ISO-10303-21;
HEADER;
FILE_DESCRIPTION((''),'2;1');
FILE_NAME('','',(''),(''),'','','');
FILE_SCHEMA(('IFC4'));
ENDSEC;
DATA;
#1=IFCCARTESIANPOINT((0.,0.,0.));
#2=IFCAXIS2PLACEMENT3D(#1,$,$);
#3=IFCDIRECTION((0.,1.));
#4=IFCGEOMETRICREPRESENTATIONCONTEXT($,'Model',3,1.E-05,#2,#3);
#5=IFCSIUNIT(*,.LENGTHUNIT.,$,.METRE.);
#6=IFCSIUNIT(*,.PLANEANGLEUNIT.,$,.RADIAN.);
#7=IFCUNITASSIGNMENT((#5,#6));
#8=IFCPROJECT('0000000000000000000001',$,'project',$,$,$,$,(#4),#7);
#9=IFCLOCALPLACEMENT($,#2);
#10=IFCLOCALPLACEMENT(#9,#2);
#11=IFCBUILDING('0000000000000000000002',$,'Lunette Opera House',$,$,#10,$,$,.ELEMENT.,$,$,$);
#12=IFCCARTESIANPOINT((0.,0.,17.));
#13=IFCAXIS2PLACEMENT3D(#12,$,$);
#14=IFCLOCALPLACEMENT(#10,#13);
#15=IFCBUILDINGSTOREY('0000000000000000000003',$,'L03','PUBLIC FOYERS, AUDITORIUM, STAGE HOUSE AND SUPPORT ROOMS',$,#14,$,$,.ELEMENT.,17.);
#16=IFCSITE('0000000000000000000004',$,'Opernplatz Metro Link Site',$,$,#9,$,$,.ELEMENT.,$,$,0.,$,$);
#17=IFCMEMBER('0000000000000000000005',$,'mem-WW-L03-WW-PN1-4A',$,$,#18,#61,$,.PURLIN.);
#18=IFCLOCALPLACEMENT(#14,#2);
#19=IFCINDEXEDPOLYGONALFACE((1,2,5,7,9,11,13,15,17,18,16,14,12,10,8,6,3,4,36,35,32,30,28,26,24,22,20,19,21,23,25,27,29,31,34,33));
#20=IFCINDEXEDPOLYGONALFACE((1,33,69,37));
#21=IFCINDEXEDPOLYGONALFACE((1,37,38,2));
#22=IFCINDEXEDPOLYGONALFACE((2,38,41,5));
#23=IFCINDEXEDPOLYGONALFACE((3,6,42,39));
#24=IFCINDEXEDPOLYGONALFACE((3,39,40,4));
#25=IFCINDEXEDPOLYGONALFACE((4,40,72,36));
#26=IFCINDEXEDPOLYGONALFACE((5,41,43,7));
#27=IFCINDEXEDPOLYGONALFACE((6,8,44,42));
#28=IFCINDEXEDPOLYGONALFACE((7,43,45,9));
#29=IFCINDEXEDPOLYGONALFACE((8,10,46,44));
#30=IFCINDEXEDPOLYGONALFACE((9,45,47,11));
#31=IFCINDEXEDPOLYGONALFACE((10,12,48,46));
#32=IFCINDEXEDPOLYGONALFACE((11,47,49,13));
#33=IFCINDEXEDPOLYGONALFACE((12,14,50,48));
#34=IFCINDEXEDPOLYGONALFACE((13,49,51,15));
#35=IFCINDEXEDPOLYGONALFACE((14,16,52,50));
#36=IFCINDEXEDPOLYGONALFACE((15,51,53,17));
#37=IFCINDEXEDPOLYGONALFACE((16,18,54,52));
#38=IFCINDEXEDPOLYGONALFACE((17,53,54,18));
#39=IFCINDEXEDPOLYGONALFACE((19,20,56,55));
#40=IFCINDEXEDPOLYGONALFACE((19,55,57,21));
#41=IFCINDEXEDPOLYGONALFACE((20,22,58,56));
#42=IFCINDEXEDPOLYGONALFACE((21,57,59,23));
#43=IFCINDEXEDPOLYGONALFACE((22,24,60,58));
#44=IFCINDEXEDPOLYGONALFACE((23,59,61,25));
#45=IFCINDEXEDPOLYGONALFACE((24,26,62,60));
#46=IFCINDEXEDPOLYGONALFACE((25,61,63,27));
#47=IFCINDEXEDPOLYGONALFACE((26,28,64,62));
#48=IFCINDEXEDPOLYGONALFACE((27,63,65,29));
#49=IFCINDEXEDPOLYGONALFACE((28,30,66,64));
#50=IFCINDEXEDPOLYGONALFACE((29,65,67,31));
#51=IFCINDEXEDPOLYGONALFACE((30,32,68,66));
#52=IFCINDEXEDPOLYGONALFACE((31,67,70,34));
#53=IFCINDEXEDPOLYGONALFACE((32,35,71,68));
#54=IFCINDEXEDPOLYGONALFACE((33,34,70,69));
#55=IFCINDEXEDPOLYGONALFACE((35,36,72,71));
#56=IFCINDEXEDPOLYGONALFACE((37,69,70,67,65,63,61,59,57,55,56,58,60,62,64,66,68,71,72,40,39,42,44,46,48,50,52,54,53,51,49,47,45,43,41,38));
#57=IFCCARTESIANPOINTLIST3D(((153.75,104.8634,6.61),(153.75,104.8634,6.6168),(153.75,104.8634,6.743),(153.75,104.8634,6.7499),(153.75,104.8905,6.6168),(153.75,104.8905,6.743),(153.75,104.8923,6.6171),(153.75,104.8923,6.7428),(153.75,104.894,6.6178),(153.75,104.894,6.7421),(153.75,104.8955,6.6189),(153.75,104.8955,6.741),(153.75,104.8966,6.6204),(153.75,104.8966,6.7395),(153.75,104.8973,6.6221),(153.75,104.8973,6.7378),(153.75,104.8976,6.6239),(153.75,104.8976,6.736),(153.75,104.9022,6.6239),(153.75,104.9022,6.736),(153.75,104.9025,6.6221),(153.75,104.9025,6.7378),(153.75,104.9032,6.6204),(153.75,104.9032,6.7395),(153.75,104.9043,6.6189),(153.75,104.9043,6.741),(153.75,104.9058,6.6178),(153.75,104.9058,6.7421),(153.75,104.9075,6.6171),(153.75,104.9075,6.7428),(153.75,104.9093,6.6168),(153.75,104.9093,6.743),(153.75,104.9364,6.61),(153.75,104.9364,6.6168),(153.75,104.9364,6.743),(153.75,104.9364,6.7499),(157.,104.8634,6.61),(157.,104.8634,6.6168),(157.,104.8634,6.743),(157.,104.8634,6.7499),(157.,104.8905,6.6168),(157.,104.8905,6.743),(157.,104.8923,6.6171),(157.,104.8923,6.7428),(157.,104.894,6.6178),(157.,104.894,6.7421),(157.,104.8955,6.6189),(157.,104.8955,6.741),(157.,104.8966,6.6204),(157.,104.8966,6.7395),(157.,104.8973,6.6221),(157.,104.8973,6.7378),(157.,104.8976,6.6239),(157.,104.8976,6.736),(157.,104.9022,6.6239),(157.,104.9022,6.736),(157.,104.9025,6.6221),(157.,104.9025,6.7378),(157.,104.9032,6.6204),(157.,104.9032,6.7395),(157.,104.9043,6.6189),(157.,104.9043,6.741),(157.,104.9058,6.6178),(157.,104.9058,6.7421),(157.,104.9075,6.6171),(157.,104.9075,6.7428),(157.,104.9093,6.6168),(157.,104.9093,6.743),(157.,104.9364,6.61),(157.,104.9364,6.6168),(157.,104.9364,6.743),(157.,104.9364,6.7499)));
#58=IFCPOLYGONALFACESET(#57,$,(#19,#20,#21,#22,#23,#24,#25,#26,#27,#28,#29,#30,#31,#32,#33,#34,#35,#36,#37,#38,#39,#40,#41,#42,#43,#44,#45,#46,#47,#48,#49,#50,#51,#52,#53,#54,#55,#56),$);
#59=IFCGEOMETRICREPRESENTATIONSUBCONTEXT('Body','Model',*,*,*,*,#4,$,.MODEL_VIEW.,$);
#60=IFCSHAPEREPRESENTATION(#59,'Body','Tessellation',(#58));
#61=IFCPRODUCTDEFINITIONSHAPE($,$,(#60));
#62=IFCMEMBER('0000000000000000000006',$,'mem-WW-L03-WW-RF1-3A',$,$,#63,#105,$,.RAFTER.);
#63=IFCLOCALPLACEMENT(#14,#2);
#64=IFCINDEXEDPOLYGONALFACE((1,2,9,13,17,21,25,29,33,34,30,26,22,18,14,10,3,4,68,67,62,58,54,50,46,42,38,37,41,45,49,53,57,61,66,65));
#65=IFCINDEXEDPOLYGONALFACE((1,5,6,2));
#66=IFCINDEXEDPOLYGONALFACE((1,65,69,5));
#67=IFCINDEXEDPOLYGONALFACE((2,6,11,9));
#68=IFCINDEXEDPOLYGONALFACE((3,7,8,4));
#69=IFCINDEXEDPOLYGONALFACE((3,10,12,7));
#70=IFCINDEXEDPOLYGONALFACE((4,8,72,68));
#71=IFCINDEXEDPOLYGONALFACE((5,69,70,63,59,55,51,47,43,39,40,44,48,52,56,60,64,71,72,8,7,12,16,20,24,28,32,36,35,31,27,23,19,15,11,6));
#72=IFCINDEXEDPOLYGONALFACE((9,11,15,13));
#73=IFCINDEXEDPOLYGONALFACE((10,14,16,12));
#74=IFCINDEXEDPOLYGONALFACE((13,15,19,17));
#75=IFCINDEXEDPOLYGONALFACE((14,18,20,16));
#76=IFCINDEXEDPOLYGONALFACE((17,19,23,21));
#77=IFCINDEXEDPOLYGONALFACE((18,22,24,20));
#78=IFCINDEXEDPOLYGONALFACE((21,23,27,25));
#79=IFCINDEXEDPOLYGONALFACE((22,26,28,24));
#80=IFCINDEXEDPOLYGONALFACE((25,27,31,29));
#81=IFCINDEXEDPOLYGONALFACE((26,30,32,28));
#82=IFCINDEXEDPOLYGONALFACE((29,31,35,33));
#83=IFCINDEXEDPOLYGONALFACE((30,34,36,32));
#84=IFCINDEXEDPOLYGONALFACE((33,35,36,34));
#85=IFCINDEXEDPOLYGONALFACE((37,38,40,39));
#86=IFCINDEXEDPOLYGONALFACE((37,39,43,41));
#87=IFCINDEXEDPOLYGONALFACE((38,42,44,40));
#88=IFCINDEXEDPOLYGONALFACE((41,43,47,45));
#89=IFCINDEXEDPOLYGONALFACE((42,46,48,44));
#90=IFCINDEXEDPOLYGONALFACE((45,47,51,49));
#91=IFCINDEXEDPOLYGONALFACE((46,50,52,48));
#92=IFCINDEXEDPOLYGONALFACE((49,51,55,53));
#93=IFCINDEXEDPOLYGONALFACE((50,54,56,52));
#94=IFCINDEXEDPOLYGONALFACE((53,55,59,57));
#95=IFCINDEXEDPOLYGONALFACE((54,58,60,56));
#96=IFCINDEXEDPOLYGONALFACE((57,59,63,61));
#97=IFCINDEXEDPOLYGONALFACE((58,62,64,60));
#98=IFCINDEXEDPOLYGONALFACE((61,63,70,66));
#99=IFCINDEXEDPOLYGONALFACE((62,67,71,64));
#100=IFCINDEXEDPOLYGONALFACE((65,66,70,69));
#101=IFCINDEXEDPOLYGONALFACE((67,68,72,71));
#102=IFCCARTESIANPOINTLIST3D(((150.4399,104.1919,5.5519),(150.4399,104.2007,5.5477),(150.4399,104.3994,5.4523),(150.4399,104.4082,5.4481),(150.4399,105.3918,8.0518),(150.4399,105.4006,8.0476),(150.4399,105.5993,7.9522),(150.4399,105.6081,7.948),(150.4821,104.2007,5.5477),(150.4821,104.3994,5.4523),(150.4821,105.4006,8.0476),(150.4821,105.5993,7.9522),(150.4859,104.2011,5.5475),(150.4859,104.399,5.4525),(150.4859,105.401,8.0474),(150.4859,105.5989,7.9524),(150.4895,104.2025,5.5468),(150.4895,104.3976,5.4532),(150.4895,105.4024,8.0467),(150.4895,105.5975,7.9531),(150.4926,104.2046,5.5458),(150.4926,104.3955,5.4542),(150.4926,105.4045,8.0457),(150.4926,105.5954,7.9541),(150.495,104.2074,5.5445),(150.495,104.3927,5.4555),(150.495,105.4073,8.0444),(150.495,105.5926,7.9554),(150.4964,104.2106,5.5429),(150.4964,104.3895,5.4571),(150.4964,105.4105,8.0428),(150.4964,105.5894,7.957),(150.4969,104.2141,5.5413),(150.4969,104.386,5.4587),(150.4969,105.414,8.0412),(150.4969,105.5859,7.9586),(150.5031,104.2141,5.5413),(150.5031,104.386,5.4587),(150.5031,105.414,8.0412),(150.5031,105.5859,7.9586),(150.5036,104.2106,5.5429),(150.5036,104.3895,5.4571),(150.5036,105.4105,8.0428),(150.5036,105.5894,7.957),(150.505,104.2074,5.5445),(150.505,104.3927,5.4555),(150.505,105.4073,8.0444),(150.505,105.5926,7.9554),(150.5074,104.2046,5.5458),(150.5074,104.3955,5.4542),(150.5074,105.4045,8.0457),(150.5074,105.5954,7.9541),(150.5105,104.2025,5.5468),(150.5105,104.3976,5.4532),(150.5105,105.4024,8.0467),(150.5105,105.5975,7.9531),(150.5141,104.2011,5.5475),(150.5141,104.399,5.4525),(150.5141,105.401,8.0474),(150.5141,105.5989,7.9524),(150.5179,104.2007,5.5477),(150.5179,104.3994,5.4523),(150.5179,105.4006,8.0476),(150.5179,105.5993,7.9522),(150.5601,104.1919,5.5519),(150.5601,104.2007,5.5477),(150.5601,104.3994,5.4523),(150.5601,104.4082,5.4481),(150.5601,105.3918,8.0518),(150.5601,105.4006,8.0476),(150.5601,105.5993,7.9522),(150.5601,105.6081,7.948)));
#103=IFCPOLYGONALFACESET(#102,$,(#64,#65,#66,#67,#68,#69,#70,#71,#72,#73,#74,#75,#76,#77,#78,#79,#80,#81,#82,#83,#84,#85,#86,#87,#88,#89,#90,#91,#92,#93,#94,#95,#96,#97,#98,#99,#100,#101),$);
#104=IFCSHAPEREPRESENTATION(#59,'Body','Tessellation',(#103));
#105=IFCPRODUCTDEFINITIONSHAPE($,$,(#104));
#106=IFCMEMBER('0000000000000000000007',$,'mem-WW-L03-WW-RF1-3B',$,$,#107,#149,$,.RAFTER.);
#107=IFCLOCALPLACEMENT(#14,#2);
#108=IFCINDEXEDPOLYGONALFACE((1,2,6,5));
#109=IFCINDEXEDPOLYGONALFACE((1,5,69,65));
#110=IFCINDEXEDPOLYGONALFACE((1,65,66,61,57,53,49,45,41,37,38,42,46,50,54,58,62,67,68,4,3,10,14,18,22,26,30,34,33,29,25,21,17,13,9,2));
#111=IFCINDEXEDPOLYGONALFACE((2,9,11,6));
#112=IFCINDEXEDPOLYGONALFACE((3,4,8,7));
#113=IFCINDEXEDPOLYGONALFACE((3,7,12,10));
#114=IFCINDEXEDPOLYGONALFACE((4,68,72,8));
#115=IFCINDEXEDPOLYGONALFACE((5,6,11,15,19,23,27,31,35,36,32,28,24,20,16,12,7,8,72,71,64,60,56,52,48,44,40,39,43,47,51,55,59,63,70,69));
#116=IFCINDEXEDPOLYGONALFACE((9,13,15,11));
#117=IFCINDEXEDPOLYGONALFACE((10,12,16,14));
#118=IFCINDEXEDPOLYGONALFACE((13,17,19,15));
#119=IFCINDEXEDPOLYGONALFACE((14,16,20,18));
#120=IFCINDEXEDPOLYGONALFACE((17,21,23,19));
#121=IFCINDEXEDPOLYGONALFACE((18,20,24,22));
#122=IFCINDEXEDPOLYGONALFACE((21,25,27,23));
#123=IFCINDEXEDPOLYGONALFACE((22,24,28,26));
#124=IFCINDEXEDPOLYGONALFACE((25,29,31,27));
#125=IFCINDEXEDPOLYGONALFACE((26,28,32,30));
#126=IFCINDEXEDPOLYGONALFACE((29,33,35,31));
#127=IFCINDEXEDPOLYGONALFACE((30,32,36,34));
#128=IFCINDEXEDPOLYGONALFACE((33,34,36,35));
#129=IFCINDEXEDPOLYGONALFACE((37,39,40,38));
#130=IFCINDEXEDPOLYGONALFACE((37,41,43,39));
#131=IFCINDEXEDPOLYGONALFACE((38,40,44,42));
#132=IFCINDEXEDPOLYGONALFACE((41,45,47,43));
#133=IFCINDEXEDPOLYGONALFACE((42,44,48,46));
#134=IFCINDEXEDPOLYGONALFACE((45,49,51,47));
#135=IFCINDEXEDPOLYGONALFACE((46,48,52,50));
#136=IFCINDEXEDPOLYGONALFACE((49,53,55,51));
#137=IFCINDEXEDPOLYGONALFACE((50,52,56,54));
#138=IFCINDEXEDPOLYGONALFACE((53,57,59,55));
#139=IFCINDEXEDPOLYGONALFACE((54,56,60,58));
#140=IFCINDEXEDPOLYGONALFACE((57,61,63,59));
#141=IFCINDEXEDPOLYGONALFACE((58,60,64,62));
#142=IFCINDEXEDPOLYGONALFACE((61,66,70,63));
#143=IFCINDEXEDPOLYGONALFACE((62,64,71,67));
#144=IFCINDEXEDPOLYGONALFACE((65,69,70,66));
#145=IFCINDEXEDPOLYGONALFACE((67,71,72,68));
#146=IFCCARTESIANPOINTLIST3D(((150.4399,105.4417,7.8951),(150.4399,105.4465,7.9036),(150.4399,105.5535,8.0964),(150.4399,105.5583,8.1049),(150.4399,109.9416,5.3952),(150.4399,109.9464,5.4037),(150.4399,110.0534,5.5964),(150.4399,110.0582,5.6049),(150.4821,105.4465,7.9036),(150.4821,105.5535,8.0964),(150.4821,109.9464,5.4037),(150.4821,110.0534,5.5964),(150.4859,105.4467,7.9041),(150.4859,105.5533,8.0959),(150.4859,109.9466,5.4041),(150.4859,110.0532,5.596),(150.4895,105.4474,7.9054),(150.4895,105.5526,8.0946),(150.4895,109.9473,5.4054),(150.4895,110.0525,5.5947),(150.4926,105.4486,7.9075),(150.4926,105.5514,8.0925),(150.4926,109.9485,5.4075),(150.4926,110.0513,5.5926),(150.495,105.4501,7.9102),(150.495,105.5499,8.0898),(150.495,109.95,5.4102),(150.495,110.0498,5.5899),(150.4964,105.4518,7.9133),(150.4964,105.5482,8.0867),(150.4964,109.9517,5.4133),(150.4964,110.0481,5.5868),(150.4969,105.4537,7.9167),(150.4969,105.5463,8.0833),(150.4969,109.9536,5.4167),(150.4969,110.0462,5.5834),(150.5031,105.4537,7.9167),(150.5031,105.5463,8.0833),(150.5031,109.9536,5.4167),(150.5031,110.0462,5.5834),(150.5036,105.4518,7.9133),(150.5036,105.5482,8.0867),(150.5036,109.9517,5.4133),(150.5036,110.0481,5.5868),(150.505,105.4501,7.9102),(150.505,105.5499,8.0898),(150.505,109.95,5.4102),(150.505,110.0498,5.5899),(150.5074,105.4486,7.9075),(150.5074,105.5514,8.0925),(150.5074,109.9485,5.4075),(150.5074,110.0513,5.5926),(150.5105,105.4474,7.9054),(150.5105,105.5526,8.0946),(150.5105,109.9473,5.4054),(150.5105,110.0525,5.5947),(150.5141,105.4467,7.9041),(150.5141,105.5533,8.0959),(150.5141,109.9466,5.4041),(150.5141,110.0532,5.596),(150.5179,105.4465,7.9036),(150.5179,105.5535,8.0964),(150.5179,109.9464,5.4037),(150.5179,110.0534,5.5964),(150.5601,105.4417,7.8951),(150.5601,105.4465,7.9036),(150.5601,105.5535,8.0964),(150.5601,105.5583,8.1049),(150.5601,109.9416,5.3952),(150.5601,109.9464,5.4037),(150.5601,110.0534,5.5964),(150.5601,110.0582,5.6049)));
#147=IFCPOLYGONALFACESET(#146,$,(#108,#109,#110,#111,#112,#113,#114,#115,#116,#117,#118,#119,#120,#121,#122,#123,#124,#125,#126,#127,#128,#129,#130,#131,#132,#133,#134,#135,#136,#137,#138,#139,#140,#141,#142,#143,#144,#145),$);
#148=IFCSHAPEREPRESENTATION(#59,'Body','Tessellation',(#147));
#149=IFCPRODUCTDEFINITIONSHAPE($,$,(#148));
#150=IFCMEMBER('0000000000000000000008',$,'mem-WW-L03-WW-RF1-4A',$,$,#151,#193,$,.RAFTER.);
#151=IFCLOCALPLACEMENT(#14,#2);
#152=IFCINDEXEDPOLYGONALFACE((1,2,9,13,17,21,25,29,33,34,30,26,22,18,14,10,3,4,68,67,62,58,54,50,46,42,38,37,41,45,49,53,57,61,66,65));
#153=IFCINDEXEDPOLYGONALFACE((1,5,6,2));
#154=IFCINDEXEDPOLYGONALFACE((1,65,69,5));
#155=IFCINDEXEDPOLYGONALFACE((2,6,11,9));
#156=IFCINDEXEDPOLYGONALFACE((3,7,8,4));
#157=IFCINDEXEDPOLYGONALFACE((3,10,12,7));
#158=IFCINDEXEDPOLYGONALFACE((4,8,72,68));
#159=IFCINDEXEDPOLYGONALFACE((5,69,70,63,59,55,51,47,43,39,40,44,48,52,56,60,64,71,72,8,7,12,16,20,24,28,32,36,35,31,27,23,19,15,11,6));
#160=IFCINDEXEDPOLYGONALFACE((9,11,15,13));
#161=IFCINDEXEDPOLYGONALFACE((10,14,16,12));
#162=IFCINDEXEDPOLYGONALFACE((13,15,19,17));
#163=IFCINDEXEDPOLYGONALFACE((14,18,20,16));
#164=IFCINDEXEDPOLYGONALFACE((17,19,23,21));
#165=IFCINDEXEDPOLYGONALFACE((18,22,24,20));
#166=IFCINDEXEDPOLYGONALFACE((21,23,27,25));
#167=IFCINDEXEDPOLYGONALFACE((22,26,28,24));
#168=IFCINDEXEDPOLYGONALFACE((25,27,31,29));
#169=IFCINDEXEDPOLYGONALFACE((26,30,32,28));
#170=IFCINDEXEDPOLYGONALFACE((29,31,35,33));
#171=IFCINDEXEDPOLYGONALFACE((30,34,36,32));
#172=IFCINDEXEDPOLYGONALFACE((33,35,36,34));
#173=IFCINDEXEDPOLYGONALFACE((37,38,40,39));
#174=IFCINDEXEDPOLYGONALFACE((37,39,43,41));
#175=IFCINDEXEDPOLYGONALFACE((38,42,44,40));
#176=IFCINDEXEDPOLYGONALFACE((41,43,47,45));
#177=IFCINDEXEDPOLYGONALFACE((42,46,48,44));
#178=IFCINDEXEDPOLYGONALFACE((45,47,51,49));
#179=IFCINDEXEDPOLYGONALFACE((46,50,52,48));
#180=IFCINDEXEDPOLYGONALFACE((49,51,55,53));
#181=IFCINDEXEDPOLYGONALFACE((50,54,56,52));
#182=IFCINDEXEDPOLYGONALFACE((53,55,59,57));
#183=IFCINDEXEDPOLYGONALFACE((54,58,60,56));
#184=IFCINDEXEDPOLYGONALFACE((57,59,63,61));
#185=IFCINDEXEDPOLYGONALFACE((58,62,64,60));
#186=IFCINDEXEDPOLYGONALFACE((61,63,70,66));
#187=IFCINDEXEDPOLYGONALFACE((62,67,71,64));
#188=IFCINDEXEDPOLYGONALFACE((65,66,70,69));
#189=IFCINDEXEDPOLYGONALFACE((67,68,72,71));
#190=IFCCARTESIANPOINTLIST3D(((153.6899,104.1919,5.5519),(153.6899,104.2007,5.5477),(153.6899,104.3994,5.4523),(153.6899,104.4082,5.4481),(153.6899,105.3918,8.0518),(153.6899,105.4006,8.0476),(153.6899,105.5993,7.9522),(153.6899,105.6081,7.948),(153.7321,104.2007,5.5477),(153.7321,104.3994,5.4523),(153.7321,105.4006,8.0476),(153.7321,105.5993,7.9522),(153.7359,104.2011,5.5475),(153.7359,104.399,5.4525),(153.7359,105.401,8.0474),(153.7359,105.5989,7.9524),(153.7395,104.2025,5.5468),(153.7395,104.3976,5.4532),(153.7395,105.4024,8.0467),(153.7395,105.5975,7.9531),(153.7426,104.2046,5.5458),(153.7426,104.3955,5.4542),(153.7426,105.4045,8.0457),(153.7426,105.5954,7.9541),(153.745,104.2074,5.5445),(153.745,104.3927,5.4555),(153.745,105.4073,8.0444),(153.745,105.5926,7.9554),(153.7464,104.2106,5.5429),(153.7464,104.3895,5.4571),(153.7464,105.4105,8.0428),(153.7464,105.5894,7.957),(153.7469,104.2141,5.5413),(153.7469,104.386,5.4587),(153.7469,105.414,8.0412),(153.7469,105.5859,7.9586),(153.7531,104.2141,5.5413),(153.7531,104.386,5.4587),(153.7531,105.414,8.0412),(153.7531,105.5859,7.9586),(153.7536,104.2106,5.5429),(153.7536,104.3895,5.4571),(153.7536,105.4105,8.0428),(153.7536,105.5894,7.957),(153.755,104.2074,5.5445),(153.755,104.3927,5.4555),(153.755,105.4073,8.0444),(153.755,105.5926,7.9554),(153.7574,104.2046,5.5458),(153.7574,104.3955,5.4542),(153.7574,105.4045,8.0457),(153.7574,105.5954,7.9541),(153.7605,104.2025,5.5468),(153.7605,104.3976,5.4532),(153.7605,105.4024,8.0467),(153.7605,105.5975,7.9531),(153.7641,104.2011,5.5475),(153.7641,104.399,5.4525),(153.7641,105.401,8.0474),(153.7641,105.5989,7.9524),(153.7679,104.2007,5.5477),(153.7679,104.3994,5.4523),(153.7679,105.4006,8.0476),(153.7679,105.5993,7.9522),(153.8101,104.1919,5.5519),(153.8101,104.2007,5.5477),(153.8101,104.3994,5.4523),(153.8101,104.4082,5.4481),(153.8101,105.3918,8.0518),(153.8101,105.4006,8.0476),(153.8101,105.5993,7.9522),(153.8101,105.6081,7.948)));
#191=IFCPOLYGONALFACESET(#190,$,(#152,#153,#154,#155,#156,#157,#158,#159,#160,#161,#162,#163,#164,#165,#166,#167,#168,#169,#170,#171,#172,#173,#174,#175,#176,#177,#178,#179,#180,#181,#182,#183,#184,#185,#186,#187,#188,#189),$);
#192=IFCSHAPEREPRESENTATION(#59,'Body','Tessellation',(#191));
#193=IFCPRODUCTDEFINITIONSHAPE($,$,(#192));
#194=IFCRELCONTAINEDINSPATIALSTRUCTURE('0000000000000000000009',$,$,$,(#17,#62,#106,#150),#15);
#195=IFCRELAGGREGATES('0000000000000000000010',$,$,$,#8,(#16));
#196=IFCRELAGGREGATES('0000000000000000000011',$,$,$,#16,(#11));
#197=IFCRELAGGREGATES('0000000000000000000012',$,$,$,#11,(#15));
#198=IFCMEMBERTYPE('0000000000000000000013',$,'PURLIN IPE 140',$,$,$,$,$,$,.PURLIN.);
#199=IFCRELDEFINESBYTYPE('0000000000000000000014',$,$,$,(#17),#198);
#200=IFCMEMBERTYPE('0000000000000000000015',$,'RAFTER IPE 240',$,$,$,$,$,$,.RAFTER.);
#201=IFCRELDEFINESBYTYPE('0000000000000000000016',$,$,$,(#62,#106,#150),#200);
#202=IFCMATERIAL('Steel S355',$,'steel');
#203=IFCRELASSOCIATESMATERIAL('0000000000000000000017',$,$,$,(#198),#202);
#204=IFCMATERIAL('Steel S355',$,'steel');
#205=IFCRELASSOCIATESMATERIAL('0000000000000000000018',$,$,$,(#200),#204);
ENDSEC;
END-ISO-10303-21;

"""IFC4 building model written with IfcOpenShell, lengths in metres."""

from ifc_helpers import new_model, si_unit, direction, frame, origin, origin_2d, place, context, subcontext, project, spatial, i_section, extrude, material, material_profile, profile_set, type_object, element, save


model = new_model("IFC4")

# Units and contexts
model_context = context("Model", 3, precision=1e-05, world=origin(), true_north=direction((0.0, 1.0)))
body_context = subcontext(model_context, "Body", "Model", "MODEL_VIEW")
ifc_project = project(units=[si_unit("LENGTHUNIT", "METRE"), si_unit("PLANEANGLEUNIT", "RADIAN")], contexts=[model_context])

# Site, building, storey
site_placement = place(None, origin())
site = spatial("IfcSite", under=ifc_project, at=site_placement, Name="Opernplatz Metro Link Site", CompositionType="ELEMENT", RefElevation=0.0)
building_placement = place(site_placement, origin())
building = spatial("IfcBuilding", under=site, at=building_placement, Name="Lunette Opera House", CompositionType="ELEMENT")
storey_placement = place(building_placement, frame((0.0, 0.0, 17.0)))
storey = spatial("IfcBuildingStorey", under=building, at=storey_placement, Name="L03", Description="PUBLIC FOYERS, AUDITORIUM, STAGE HOUSE AND SUPPORT ROOMS", CompositionType="ELEMENT", Elevation=17.0)

# Members
ifc_material_1 = material(Name="Steel S355", Category="steel")
ifc_material_profile_1 = material_profile(ifc_material_1, i_section(OverallWidth=0.073, OverallDepth=0.1399, WebThickness=0.0046, FlangeThickness=0.0068, FilletRadius=0.0071, at=origin_2d()), Name="IPE 140")
ifc_profile_set_1 = profile_set([ifc_material_profile_1], Name="Steel S355")
member_type_1 = type_object("IfcMemberType", Name="PURLIN IPE 140", PredefinedType="PURLIN", material=ifc_profile_set_1)
for number, where, z_axis, x_axis, name in (
    (1, (153.75, 104.8999, 6.6799), (1.0, 0.0, 0.0), (0.0, 1.0, 0.0), "mem-WW-L03-WW-PN1-4A"),
):
    element("IfcMember", number, at=place(storey_placement, frame(where, z_axis=z_axis, x_axis=x_axis)), inside=storey, type_object=member_type_1, Name=name, PredefinedType="PURLIN", context=body_context, shape_type="SweptSolid", body=[
        extrude(i_section(OverallWidth=0.073, OverallDepth=0.1399, WebThickness=0.0046, FlangeThickness=0.0068, FilletRadius=0.0071, at=origin_2d()), origin(), (0.0, 0.0, 1.0), 3.25),
    ])
ifc_material_2 = material(Name="Steel S355", Category="steel")
ifc_material_profile_2 = material_profile(ifc_material_2, i_section(OverallWidth=0.1201, OverallDepth=0.24, WebThickness=0.0061, FlangeThickness=0.0098, FilletRadius=0.0149, at=origin_2d()), Name="IPE 240")
ifc_profile_set_2 = profile_set([ifc_material_profile_2], Name="Steel S355")
member_type_2 = type_object("IfcMemberType", Name="RAFTER IPE 240", PredefinedType="RAFTER", material=ifc_profile_set_2)
member_1_placement = place(storey_placement, frame((150.5, 104.3, 5.5), z_axis=(0.0, 0.432717, 0.90153), x_axis=(-1.0, 0.0, 0.0)))
element("IfcMember", 2, at=member_1_placement, inside=storey, type_object=member_type_2, Name="mem-WW-L03-WW-RF1-3A", PredefinedType="RAFTER", context=body_context, shape_type="SweptSolid", body=[
    extrude(i_section(OverallWidth=0.1201, OverallDepth=0.24, WebThickness=0.0061, FlangeThickness=0.0098, FilletRadius=0.0149, at=origin_2d()), origin(), (0.0, 0.0, 1.0), 2.7729),
])
member_2_placement = place(storey_placement, frame((150.5, 105.5, 8.0), z_axis=(0.0, 0.874157, -0.485643), x_axis=(-1.0, 0.0, 0.0)))
element("IfcMember", 3, at=member_2_placement, inside=storey, type_object=member_type_2, Name="mem-WW-L03-WW-RF1-3B", PredefinedType="RAFTER", context=body_context, shape_type="SweptSolid", body=[
    extrude(i_section(OverallWidth=0.1201, OverallDepth=0.24, WebThickness=0.0061, FlangeThickness=0.0098, FilletRadius=0.0149, at=origin_2d()), origin(), (0.0, 0.0, 1.0), 5.1477),
])
member_3_placement = place(storey_placement, frame((153.75, 104.3, 5.5), z_axis=(0.0, 0.432717, 0.90153), x_axis=(-1.0, 0.0, 0.0)))
element("IfcMember", 4, at=member_3_placement, inside=storey, type_object=member_type_2, Name="mem-WW-L03-WW-RF1-4A", PredefinedType="RAFTER", context=body_context, shape_type="SweptSolid", body=[
    extrude(i_section(OverallWidth=0.1201, OverallDepth=0.24, WebThickness=0.0061, FlangeThickness=0.0098, FilletRadius=0.0149, at=origin_2d()), origin(), (0.0, 0.0, 1.0), 2.7729),
])

save(model, "model.ifc")
